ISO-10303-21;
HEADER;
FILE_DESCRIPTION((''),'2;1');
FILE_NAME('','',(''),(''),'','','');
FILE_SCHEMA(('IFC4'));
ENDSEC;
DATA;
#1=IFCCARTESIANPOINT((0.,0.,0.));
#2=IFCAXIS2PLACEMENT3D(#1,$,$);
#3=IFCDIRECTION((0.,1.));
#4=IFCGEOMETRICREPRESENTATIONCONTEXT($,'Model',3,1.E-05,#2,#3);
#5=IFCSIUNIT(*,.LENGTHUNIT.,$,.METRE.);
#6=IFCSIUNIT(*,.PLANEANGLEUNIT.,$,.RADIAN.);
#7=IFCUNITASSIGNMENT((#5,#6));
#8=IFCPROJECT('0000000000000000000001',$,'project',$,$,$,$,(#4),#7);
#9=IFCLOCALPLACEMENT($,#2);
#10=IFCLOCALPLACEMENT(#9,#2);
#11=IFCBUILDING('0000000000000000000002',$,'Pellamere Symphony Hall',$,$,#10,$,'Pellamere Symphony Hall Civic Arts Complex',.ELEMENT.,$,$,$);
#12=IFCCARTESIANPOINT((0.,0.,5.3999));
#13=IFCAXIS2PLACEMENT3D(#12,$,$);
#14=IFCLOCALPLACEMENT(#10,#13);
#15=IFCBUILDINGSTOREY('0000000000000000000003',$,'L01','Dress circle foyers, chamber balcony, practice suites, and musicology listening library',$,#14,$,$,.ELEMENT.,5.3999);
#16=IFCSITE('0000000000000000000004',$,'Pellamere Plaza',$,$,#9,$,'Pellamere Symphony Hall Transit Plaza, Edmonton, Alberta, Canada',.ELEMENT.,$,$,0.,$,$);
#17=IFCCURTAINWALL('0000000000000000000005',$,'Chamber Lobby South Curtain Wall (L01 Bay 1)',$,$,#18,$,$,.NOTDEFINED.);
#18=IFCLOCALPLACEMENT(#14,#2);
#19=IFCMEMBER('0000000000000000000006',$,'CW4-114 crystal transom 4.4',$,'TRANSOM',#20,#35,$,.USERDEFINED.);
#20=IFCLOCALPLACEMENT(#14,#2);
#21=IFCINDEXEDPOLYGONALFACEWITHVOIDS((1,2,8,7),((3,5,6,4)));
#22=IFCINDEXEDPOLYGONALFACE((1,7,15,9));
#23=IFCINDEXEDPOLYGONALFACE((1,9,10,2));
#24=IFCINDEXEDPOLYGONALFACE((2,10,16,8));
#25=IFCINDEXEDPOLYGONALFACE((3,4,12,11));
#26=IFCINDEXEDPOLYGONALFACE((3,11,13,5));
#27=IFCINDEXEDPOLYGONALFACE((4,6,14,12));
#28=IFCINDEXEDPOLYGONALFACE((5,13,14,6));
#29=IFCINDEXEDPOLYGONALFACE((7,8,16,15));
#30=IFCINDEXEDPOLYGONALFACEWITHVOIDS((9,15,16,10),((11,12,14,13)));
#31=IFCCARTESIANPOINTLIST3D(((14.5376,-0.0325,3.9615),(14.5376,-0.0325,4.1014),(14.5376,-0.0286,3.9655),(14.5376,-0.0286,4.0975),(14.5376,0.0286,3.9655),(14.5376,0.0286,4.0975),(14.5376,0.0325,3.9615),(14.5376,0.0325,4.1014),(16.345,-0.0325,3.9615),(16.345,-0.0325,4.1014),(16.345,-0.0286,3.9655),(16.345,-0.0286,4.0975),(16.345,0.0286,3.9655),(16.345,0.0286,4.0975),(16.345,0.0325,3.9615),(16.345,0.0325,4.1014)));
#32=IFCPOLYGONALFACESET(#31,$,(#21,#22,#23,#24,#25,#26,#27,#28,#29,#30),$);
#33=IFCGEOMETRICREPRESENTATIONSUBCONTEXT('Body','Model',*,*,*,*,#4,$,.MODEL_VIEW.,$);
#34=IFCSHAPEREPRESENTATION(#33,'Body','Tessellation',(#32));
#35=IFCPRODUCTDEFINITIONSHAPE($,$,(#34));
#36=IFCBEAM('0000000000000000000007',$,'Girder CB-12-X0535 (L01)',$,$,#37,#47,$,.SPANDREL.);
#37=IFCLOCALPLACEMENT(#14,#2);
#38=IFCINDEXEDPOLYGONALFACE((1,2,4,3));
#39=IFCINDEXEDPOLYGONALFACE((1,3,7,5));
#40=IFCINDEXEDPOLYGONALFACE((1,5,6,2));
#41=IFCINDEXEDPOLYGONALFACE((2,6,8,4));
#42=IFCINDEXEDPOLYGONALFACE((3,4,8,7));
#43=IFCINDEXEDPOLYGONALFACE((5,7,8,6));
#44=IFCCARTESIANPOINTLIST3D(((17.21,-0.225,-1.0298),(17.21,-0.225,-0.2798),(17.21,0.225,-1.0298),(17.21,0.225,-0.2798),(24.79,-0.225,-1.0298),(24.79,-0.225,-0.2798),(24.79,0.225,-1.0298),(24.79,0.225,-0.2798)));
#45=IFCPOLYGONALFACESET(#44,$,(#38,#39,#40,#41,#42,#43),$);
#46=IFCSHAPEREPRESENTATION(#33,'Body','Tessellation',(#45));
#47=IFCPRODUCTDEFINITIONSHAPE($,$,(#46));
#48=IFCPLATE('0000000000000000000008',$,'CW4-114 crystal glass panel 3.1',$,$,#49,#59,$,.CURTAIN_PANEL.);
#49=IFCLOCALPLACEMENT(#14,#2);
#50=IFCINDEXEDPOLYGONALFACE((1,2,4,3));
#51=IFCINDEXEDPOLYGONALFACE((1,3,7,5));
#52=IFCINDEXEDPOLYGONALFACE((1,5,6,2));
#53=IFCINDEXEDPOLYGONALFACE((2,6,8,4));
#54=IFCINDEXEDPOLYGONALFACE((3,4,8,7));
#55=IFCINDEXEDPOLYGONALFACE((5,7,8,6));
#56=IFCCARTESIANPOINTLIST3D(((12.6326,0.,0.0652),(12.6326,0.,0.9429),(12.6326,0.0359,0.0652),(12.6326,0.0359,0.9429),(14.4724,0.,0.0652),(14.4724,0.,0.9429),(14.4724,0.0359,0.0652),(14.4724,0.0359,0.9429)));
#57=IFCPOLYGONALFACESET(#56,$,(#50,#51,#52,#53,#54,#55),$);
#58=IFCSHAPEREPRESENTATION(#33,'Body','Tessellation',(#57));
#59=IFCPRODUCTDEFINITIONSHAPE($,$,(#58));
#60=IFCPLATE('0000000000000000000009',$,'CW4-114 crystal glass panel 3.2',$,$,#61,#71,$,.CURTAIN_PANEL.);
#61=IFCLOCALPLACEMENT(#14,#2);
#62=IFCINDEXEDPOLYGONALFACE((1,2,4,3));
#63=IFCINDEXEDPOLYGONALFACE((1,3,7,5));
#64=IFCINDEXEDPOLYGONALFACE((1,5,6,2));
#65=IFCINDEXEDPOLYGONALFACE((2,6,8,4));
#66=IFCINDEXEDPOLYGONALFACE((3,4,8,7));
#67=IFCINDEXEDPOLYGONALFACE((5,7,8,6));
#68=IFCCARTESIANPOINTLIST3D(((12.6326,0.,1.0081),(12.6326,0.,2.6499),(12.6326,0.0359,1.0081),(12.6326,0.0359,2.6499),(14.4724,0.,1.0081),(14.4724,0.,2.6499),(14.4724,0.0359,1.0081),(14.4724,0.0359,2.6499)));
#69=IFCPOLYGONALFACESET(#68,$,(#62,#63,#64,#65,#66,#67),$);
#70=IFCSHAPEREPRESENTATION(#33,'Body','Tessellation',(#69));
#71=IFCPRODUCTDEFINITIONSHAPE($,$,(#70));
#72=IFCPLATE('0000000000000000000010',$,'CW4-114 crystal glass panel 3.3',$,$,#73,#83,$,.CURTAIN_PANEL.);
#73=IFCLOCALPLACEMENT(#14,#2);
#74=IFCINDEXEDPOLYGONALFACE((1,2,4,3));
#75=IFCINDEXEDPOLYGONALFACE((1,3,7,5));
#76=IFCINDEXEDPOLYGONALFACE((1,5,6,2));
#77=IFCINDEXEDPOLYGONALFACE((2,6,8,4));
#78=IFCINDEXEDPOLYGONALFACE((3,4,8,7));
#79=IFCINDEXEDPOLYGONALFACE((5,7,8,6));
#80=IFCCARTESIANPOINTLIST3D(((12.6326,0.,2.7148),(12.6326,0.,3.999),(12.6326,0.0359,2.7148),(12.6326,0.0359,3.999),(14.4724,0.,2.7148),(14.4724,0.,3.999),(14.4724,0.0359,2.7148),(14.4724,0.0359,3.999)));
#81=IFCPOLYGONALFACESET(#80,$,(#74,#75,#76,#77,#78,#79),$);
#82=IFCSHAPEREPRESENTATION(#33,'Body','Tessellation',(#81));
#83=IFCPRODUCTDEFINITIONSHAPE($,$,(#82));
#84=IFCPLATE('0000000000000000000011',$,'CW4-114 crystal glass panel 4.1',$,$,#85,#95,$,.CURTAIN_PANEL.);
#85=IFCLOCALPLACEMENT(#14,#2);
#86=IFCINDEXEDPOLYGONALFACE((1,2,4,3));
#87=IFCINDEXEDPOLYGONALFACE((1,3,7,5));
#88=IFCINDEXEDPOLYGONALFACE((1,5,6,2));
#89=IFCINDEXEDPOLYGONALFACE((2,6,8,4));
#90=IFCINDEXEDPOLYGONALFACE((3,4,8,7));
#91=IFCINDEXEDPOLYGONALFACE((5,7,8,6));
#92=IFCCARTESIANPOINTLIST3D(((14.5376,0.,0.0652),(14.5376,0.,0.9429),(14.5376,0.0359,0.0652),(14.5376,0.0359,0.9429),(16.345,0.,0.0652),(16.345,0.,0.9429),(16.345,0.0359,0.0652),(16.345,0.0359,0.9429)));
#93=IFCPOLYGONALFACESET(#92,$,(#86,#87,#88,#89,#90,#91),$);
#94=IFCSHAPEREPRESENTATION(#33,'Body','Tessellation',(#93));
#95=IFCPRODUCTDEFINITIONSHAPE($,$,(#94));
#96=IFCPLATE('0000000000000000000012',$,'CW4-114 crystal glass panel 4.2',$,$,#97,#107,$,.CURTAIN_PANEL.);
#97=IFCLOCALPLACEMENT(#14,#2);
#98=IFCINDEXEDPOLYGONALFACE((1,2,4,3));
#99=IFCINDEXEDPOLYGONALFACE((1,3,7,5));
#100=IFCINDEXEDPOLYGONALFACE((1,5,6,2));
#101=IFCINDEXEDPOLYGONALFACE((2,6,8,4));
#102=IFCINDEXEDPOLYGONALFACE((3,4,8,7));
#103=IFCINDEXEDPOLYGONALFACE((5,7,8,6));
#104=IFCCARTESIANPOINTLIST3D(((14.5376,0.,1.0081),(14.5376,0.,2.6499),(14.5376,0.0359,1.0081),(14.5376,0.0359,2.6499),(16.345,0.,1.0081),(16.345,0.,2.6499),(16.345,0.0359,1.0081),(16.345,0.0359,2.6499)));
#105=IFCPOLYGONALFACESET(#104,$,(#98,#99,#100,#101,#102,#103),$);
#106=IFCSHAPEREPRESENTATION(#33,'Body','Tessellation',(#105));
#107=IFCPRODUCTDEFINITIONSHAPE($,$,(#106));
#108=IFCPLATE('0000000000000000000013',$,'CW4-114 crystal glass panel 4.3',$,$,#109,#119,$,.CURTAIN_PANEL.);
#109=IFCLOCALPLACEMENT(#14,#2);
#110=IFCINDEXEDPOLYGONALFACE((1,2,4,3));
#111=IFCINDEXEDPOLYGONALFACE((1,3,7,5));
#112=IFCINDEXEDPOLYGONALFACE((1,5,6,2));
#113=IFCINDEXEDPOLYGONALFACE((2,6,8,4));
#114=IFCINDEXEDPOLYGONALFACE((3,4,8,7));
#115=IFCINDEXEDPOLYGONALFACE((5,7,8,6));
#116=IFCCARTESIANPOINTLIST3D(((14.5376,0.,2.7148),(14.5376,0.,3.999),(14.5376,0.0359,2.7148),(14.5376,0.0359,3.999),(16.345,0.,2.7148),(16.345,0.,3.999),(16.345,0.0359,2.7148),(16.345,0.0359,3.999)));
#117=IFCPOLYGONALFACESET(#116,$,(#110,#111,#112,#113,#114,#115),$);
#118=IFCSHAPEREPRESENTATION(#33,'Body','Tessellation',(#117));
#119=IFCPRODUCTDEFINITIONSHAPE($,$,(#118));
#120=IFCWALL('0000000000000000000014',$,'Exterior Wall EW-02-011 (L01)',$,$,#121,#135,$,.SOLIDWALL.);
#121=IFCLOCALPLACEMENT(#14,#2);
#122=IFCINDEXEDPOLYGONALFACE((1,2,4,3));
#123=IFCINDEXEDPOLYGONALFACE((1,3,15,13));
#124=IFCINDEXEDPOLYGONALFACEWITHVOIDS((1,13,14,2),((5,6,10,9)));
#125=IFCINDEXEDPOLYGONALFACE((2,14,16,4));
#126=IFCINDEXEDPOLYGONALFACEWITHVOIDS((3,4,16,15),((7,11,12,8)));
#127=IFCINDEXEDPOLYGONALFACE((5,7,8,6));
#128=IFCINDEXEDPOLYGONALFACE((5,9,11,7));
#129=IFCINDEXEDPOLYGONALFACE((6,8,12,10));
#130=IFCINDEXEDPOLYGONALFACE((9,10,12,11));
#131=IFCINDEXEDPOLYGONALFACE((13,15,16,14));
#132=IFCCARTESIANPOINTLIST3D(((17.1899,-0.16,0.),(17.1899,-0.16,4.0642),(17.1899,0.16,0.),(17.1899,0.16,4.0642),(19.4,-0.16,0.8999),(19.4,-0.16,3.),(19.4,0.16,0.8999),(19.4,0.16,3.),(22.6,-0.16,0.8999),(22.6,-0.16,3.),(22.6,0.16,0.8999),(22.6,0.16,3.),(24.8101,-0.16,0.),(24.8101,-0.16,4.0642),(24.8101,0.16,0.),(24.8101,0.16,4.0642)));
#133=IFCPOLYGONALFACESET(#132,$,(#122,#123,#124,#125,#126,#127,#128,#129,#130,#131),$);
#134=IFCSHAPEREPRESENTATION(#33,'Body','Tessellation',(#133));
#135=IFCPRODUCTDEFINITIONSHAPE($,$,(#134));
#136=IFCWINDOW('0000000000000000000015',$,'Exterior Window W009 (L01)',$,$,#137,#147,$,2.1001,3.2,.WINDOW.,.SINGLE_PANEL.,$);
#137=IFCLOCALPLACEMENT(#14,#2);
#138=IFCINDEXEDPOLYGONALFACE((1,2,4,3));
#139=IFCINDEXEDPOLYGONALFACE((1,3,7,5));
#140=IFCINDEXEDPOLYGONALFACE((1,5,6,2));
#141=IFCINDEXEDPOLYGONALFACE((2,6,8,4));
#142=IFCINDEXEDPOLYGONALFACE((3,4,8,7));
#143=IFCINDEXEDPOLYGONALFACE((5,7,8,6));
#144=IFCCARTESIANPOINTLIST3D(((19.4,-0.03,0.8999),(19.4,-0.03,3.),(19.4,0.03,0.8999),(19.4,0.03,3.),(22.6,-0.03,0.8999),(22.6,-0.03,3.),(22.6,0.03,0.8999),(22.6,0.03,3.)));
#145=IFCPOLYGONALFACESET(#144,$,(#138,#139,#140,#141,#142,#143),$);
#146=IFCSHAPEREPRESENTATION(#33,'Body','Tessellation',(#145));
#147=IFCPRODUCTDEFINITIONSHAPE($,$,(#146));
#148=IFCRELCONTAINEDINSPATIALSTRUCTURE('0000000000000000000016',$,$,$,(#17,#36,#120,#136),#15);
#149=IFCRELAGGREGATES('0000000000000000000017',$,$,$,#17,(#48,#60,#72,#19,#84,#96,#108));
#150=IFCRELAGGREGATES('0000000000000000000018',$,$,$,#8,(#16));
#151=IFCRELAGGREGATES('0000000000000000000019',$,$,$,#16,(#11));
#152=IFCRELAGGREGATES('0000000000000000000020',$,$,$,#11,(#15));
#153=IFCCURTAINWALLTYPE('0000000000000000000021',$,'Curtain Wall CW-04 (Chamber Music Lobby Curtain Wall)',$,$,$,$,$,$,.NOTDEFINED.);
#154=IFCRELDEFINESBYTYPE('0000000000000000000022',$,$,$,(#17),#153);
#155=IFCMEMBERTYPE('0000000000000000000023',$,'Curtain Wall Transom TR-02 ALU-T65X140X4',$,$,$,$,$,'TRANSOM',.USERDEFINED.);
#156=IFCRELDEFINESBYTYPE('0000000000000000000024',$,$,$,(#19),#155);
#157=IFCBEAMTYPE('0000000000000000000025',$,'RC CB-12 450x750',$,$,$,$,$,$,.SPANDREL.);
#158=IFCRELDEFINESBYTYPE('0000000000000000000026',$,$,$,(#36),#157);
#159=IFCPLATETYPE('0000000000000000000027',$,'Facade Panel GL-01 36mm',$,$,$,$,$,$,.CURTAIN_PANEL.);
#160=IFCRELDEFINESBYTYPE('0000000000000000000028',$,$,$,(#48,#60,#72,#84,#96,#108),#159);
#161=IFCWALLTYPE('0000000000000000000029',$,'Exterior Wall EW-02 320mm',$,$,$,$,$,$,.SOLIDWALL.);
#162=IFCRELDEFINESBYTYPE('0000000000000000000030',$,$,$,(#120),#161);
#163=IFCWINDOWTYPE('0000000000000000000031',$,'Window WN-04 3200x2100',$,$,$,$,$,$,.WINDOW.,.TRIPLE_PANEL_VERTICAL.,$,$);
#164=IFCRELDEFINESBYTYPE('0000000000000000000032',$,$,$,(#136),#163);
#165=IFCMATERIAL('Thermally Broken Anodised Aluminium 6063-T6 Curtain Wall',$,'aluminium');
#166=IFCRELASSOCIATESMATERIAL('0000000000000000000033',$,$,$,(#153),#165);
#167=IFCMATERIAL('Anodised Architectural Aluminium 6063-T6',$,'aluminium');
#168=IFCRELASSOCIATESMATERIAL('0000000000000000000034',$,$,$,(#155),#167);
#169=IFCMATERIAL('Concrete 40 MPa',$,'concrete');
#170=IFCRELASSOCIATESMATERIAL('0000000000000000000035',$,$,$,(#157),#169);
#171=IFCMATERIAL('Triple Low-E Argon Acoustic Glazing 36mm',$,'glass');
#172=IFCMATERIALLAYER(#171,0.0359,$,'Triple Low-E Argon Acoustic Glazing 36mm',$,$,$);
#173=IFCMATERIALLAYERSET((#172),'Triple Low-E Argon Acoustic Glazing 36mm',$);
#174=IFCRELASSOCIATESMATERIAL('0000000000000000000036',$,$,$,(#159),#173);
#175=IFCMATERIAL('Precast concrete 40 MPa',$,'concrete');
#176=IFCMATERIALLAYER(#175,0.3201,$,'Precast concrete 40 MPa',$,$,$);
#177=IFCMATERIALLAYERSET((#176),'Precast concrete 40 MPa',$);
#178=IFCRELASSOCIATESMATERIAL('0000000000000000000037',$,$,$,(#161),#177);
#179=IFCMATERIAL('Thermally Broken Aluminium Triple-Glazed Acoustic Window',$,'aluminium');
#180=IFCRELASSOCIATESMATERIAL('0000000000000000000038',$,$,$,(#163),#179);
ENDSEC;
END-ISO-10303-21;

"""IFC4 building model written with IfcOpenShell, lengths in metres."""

from ifc_helpers import new_model, si_unit, direction, frame, frame_2d, origin, origin_2d, place, context, subcontext, project, spatial, polyline, rectangle, hollow_rectangle, outline, extrude, material, layer, layer_set, material_profile, profile_set, type_object, element, fill, aggregate, save


model = new_model("IFC4")

# Units and contexts
model_context = context("Model", 3, precision=1e-05, world=origin(), true_north=direction((0.0, 1.0)))
body_context = subcontext(model_context, "Body", "Model", "MODEL_VIEW")
ifc_project = project(units=[si_unit("LENGTHUNIT", "METRE"), si_unit("PLANEANGLEUNIT", "RADIAN")], contexts=[model_context])

# Site, building, storey
site_placement = place(None, origin())
site = spatial("IfcSite", under=ifc_project, at=site_placement, Name="Pellamere Plaza", LongName="Pellamere Symphony Hall Transit Plaza, Edmonton, Alberta, Canada", CompositionType="ELEMENT", RefElevation=0.0)
building_placement = place(site_placement, origin())
building = spatial("IfcBuilding", under=site, at=building_placement, Name="Pellamere Symphony Hall", LongName="Pellamere Symphony Hall Civic Arts Complex", CompositionType="ELEMENT")
storey_placement = place(building_placement, frame((0.0, 0.0, 5.3999)))
storey = spatial("IfcBuildingStorey", under=building, at=storey_placement, Name="L01", Description="Dress circle foyers, chamber balcony, practice suites, and musicology listening library", CompositionType="ELEMENT", Elevation=5.3999)

# Shared definitions
ifc_material_1 = material(Name="Concrete 40 MPa", Category="concrete")

# Curtain wall, member
ifc_material_2 = material(Name="Thermally Broken Anodised Aluminium 6063-T6 Curtain Wall", Category="aluminium")
curtain_wall_type = type_object("IfcCurtainWallType", Name="Curtain Wall CW-04 (Chamber Music Lobby Curtain Wall)", PredefinedType="NOTDEFINED", material=ifc_material_2)
curtain_wall_placement = place(storey_placement, origin())
curtain_wall = element("IfcCurtainWall", 1, at=curtain_wall_placement, inside=storey, type_object=curtain_wall_type, Name="Chamber Lobby South Curtain Wall (L01 Bay 1)", PredefinedType="NOTDEFINED")
ifc_material_3 = material(Name="Anodised Architectural Aluminium 6063-T6", Category="aluminium")
ifc_material_profile_1 = material_profile(ifc_material_3, hollow_rectangle(XDim=0.0649, YDim=0.1399, WallThickness=0.0039, at=origin_2d()), Name="ALU-T65X140X4")
ifc_profile_set_1 = profile_set([ifc_material_profile_1], Name="Anodised Architectural Aluminium 6063-T6")
member_type_1 = type_object("IfcMemberType", Name="Curtain Wall Transom TR-02 ALU-T65X140X4", ElementType="TRANSOM", PredefinedType="USERDEFINED", material=ifc_profile_set_1)
member_1_placement = place(storey_placement, frame((14.5376, 0.0, 4.0315), z_axis=(1.0, 0.0, 0.0), x_axis=(0.0, 1.0, 0.0)))
member_1 = element("IfcMember", 2, at=member_1_placement, type_object=member_type_1, Name="CW4-114 crystal transom 4.4", ObjectType="TRANSOM", PredefinedType="USERDEFINED", context=body_context, shape_type="SweptSolid", body=[
    extrude(hollow_rectangle(XDim=0.0649, YDim=0.1399, WallThickness=0.0039, at=origin_2d()), origin(), (0.0, 0.0, 1.0), 1.8074),
])

# Beam
ifc_material_profile_2 = material_profile(ifc_material_1, rectangle(XDim=0.45, YDim=0.75, at=origin_2d()), Name="RC 450x750")
ifc_profile_set_2 = profile_set([ifc_material_profile_2], Name="Concrete 40 MPa")
beam_type = type_object("IfcBeamType", Name="RC CB-12 450x750", PredefinedType="SPANDREL", material=ifc_profile_set_2)
beam_placement = place(storey_placement, frame((17.21, 0.0, -0.6548), z_axis=(1.0, 0.0, 0.0), x_axis=(0.0, 1.0, 0.0)))
element("IfcBeam", 3, at=beam_placement, inside=storey, type_object=beam_type, Name="Girder CB-12-X0535 (L01)", PredefinedType="SPANDREL", context=body_context, shape_type="SweptSolid", body=[
    extrude(rectangle(XDim=0.45, YDim=0.75, at=origin_2d()), origin(), (0.0, 0.0, 1.0), 7.5801),
])

# Plates
ifc_material_4 = material(Name="Triple Low-E Argon Acoustic Glazing 36mm", Category="glass")
ifc_layer_1 = layer(ifc_material_4, 0.0359, Name="Triple Low-E Argon Acoustic Glazing 36mm")
ifc_layer_set_1 = layer_set([ifc_layer_1], Name="Triple Low-E Argon Acoustic Glazing 36mm")
plate_type = type_object("IfcPlateType", Name="Facade Panel GL-01 36mm", PredefinedType="CURTAIN_PANEL", material=ifc_layer_set_1)
plate_1_placement = place(storey_placement, frame((12.6326, 0.0, 0.0652), z_axis=(0.0, -1.0, 0.0), x_axis=(1.0, 0.0, 0.0)))
plate_1 = element("IfcPlate", 4, at=plate_1_placement, type_object=plate_type, Name="CW4-114 crystal glass panel 3.1", PredefinedType="CURTAIN_PANEL", context=body_context, shape_type="SweptSolid", body=[
    extrude(outline(polyline([(0.0, 0.0), (1.8398, 0.0), (1.8398, 0.8777), (0.0, 0.8777), (0.0, 0.0)])), origin(), (0.0, 0.0, -1.0), 0.0359),
])
plate_2_placement = place(storey_placement, frame((12.6326, 0.0, 1.0081), z_axis=(0.0, -1.0, 0.0), x_axis=(1.0, 0.0, 0.0)))
plate_2 = element("IfcPlate", 5, at=plate_2_placement, type_object=plate_type, Name="CW4-114 crystal glass panel 3.2", PredefinedType="CURTAIN_PANEL", context=body_context, shape_type="SweptSolid", body=[
    extrude(outline(polyline([(0.0, 0.0), (1.8398, 0.0), (1.8398, 1.6418), (0.0, 1.6418), (0.0, 0.0)])), origin(), (0.0, 0.0, -1.0), 0.0359),
])
plate_3_placement = place(storey_placement, frame((12.6326, 0.0, 2.7148), z_axis=(0.0, -1.0, 0.0), x_axis=(1.0, 0.0, 0.0)))
plate_3 = element("IfcPlate", 6, at=plate_3_placement, type_object=plate_type, Name="CW4-114 crystal glass panel 3.3", PredefinedType="CURTAIN_PANEL", context=body_context, shape_type="SweptSolid", body=[
    extrude(outline(polyline([(0.0, 0.0), (1.8398, 0.0), (1.8398, 1.2842), (0.0, 1.2842), (0.0, 0.0)])), origin(), (0.0, 0.0, -1.0), 0.0359),
])
plate_4_placement = place(storey_placement, frame((14.5376, 0.0, 0.0652), z_axis=(0.0, -1.0, 0.0), x_axis=(1.0, 0.0, 0.0)))
plate_4 = element("IfcPlate", 7, at=plate_4_placement, type_object=plate_type, Name="CW4-114 crystal glass panel 4.1", PredefinedType="CURTAIN_PANEL", context=body_context, shape_type="SweptSolid", body=[
    extrude(outline(polyline([(0.0, 0.0), (1.8074, 0.0), (1.8074, 0.8777), (0.0, 0.8777), (0.0, 0.0)])), origin(), (0.0, 0.0, -1.0), 0.0359),
])
plate_5_placement = place(storey_placement, frame((14.5376, 0.0, 1.0081), z_axis=(0.0, -1.0, 0.0), x_axis=(1.0, 0.0, 0.0)))
plate_5 = element("IfcPlate", 8, at=plate_5_placement, type_object=plate_type, Name="CW4-114 crystal glass panel 4.2", PredefinedType="CURTAIN_PANEL", context=body_context, shape_type="SweptSolid", body=[
    extrude(outline(polyline([(0.0, 0.0), (1.8074, 0.0), (1.8074, 1.6418), (0.0, 1.6418), (0.0, 0.0)])), origin(), (0.0, 0.0, -1.0), 0.0359),
])
plate_6_placement = place(storey_placement, frame((14.5376, 0.0, 2.7148), z_axis=(0.0, -1.0, 0.0), x_axis=(1.0, 0.0, 0.0)))
plate_6 = element("IfcPlate", 9, at=plate_6_placement, type_object=plate_type, Name="CW4-114 crystal glass panel 4.3", PredefinedType="CURTAIN_PANEL", context=body_context, shape_type="SweptSolid", body=[
    extrude(outline(polyline([(0.0, 0.0), (1.8074, 0.0), (1.8074, 1.2842), (0.0, 1.2842), (0.0, 0.0)])), origin(), (0.0, 0.0, -1.0), 0.0359),
])
aggregate(curtain_wall, [plate_1, plate_2, plate_3, member_1, plate_4, plate_5, plate_6])

# Wall, opening, window
ifc_material_5 = material(Name="Precast concrete 40 MPa", Category="concrete")
ifc_layer_2 = layer(ifc_material_5, 0.3201, Name="Precast concrete 40 MPa")
ifc_layer_set_2 = layer_set([ifc_layer_2], Name="Precast concrete 40 MPa")
wall_type = type_object("IfcWallType", Name="Exterior Wall EW-02 320mm", PredefinedType="SOLIDWALL", material=ifc_layer_set_2)
wall_placement = place(storey_placement, frame((17.1899, 0.0, 0.0), z_axis=(0.0, 0.0, 1.0), x_axis=(1.0, 0.0, 0.0)))
wall = element("IfcWall", 10, at=wall_placement, inside=storey, type_object=wall_type, Name="Exterior Wall EW-02-011 (L01)", PredefinedType="SOLIDWALL", context=body_context, shape_type="SweptSolid", body=[
    extrude(rectangle(XDim=7.6201, YDim=0.3201, at=frame_2d((3.8101, 0.0))), origin(), (0.0, 0.0, 1.0), 4.0642),
])
opening_placement = place(wall_placement, frame((2.21, 0.0, 0.8999)))
opening = element("IfcOpeningElement", 11, at=opening_placement, cuts=wall, PredefinedType="OPENING", context=body_context, shape_type="SweptSolid", body=[
    extrude(rectangle(XDim=3.2, YDim=2.1001, at=frame_2d((1.6001, 1.05))), frame((0.0, 0.1699, 0.0), z_axis=(0.0, -1.0, 0.0), x_axis=(1.0, 0.0, 0.0)), (0.0, 0.0, 1.0), 0.3401),
])
ifc_material_6 = material(Name="Thermally Broken Aluminium Triple-Glazed Acoustic Window", Category="aluminium")
window_type = type_object("IfcWindowType", Name="Window WN-04 3200x2100", PartitioningType="TRIPLE_PANEL_VERTICAL", PredefinedType="WINDOW", material=ifc_material_6)
window_placement = place(opening_placement, origin())
window = element("IfcWindow", 12, at=window_placement, inside=storey, type_object=window_type, Name="Exterior Window W009 (L01)", OverallHeight=2.1001, OverallWidth=3.2, PartitioningType="SINGLE_PANEL", PredefinedType="WINDOW", context=body_context, shape_type="SweptSolid", body=[
    extrude(rectangle(XDim=3.2, YDim=2.1001, at=frame_2d((1.6001, 1.05))), frame((0.0, 0.03, 0.0), z_axis=(0.0, -1.0, 0.0), x_axis=(1.0, 0.0, 0.0)), (0.0, 0.0, 1.0), 0.0601),
])
fill(opening, window)

save(model, "model.ifc")
